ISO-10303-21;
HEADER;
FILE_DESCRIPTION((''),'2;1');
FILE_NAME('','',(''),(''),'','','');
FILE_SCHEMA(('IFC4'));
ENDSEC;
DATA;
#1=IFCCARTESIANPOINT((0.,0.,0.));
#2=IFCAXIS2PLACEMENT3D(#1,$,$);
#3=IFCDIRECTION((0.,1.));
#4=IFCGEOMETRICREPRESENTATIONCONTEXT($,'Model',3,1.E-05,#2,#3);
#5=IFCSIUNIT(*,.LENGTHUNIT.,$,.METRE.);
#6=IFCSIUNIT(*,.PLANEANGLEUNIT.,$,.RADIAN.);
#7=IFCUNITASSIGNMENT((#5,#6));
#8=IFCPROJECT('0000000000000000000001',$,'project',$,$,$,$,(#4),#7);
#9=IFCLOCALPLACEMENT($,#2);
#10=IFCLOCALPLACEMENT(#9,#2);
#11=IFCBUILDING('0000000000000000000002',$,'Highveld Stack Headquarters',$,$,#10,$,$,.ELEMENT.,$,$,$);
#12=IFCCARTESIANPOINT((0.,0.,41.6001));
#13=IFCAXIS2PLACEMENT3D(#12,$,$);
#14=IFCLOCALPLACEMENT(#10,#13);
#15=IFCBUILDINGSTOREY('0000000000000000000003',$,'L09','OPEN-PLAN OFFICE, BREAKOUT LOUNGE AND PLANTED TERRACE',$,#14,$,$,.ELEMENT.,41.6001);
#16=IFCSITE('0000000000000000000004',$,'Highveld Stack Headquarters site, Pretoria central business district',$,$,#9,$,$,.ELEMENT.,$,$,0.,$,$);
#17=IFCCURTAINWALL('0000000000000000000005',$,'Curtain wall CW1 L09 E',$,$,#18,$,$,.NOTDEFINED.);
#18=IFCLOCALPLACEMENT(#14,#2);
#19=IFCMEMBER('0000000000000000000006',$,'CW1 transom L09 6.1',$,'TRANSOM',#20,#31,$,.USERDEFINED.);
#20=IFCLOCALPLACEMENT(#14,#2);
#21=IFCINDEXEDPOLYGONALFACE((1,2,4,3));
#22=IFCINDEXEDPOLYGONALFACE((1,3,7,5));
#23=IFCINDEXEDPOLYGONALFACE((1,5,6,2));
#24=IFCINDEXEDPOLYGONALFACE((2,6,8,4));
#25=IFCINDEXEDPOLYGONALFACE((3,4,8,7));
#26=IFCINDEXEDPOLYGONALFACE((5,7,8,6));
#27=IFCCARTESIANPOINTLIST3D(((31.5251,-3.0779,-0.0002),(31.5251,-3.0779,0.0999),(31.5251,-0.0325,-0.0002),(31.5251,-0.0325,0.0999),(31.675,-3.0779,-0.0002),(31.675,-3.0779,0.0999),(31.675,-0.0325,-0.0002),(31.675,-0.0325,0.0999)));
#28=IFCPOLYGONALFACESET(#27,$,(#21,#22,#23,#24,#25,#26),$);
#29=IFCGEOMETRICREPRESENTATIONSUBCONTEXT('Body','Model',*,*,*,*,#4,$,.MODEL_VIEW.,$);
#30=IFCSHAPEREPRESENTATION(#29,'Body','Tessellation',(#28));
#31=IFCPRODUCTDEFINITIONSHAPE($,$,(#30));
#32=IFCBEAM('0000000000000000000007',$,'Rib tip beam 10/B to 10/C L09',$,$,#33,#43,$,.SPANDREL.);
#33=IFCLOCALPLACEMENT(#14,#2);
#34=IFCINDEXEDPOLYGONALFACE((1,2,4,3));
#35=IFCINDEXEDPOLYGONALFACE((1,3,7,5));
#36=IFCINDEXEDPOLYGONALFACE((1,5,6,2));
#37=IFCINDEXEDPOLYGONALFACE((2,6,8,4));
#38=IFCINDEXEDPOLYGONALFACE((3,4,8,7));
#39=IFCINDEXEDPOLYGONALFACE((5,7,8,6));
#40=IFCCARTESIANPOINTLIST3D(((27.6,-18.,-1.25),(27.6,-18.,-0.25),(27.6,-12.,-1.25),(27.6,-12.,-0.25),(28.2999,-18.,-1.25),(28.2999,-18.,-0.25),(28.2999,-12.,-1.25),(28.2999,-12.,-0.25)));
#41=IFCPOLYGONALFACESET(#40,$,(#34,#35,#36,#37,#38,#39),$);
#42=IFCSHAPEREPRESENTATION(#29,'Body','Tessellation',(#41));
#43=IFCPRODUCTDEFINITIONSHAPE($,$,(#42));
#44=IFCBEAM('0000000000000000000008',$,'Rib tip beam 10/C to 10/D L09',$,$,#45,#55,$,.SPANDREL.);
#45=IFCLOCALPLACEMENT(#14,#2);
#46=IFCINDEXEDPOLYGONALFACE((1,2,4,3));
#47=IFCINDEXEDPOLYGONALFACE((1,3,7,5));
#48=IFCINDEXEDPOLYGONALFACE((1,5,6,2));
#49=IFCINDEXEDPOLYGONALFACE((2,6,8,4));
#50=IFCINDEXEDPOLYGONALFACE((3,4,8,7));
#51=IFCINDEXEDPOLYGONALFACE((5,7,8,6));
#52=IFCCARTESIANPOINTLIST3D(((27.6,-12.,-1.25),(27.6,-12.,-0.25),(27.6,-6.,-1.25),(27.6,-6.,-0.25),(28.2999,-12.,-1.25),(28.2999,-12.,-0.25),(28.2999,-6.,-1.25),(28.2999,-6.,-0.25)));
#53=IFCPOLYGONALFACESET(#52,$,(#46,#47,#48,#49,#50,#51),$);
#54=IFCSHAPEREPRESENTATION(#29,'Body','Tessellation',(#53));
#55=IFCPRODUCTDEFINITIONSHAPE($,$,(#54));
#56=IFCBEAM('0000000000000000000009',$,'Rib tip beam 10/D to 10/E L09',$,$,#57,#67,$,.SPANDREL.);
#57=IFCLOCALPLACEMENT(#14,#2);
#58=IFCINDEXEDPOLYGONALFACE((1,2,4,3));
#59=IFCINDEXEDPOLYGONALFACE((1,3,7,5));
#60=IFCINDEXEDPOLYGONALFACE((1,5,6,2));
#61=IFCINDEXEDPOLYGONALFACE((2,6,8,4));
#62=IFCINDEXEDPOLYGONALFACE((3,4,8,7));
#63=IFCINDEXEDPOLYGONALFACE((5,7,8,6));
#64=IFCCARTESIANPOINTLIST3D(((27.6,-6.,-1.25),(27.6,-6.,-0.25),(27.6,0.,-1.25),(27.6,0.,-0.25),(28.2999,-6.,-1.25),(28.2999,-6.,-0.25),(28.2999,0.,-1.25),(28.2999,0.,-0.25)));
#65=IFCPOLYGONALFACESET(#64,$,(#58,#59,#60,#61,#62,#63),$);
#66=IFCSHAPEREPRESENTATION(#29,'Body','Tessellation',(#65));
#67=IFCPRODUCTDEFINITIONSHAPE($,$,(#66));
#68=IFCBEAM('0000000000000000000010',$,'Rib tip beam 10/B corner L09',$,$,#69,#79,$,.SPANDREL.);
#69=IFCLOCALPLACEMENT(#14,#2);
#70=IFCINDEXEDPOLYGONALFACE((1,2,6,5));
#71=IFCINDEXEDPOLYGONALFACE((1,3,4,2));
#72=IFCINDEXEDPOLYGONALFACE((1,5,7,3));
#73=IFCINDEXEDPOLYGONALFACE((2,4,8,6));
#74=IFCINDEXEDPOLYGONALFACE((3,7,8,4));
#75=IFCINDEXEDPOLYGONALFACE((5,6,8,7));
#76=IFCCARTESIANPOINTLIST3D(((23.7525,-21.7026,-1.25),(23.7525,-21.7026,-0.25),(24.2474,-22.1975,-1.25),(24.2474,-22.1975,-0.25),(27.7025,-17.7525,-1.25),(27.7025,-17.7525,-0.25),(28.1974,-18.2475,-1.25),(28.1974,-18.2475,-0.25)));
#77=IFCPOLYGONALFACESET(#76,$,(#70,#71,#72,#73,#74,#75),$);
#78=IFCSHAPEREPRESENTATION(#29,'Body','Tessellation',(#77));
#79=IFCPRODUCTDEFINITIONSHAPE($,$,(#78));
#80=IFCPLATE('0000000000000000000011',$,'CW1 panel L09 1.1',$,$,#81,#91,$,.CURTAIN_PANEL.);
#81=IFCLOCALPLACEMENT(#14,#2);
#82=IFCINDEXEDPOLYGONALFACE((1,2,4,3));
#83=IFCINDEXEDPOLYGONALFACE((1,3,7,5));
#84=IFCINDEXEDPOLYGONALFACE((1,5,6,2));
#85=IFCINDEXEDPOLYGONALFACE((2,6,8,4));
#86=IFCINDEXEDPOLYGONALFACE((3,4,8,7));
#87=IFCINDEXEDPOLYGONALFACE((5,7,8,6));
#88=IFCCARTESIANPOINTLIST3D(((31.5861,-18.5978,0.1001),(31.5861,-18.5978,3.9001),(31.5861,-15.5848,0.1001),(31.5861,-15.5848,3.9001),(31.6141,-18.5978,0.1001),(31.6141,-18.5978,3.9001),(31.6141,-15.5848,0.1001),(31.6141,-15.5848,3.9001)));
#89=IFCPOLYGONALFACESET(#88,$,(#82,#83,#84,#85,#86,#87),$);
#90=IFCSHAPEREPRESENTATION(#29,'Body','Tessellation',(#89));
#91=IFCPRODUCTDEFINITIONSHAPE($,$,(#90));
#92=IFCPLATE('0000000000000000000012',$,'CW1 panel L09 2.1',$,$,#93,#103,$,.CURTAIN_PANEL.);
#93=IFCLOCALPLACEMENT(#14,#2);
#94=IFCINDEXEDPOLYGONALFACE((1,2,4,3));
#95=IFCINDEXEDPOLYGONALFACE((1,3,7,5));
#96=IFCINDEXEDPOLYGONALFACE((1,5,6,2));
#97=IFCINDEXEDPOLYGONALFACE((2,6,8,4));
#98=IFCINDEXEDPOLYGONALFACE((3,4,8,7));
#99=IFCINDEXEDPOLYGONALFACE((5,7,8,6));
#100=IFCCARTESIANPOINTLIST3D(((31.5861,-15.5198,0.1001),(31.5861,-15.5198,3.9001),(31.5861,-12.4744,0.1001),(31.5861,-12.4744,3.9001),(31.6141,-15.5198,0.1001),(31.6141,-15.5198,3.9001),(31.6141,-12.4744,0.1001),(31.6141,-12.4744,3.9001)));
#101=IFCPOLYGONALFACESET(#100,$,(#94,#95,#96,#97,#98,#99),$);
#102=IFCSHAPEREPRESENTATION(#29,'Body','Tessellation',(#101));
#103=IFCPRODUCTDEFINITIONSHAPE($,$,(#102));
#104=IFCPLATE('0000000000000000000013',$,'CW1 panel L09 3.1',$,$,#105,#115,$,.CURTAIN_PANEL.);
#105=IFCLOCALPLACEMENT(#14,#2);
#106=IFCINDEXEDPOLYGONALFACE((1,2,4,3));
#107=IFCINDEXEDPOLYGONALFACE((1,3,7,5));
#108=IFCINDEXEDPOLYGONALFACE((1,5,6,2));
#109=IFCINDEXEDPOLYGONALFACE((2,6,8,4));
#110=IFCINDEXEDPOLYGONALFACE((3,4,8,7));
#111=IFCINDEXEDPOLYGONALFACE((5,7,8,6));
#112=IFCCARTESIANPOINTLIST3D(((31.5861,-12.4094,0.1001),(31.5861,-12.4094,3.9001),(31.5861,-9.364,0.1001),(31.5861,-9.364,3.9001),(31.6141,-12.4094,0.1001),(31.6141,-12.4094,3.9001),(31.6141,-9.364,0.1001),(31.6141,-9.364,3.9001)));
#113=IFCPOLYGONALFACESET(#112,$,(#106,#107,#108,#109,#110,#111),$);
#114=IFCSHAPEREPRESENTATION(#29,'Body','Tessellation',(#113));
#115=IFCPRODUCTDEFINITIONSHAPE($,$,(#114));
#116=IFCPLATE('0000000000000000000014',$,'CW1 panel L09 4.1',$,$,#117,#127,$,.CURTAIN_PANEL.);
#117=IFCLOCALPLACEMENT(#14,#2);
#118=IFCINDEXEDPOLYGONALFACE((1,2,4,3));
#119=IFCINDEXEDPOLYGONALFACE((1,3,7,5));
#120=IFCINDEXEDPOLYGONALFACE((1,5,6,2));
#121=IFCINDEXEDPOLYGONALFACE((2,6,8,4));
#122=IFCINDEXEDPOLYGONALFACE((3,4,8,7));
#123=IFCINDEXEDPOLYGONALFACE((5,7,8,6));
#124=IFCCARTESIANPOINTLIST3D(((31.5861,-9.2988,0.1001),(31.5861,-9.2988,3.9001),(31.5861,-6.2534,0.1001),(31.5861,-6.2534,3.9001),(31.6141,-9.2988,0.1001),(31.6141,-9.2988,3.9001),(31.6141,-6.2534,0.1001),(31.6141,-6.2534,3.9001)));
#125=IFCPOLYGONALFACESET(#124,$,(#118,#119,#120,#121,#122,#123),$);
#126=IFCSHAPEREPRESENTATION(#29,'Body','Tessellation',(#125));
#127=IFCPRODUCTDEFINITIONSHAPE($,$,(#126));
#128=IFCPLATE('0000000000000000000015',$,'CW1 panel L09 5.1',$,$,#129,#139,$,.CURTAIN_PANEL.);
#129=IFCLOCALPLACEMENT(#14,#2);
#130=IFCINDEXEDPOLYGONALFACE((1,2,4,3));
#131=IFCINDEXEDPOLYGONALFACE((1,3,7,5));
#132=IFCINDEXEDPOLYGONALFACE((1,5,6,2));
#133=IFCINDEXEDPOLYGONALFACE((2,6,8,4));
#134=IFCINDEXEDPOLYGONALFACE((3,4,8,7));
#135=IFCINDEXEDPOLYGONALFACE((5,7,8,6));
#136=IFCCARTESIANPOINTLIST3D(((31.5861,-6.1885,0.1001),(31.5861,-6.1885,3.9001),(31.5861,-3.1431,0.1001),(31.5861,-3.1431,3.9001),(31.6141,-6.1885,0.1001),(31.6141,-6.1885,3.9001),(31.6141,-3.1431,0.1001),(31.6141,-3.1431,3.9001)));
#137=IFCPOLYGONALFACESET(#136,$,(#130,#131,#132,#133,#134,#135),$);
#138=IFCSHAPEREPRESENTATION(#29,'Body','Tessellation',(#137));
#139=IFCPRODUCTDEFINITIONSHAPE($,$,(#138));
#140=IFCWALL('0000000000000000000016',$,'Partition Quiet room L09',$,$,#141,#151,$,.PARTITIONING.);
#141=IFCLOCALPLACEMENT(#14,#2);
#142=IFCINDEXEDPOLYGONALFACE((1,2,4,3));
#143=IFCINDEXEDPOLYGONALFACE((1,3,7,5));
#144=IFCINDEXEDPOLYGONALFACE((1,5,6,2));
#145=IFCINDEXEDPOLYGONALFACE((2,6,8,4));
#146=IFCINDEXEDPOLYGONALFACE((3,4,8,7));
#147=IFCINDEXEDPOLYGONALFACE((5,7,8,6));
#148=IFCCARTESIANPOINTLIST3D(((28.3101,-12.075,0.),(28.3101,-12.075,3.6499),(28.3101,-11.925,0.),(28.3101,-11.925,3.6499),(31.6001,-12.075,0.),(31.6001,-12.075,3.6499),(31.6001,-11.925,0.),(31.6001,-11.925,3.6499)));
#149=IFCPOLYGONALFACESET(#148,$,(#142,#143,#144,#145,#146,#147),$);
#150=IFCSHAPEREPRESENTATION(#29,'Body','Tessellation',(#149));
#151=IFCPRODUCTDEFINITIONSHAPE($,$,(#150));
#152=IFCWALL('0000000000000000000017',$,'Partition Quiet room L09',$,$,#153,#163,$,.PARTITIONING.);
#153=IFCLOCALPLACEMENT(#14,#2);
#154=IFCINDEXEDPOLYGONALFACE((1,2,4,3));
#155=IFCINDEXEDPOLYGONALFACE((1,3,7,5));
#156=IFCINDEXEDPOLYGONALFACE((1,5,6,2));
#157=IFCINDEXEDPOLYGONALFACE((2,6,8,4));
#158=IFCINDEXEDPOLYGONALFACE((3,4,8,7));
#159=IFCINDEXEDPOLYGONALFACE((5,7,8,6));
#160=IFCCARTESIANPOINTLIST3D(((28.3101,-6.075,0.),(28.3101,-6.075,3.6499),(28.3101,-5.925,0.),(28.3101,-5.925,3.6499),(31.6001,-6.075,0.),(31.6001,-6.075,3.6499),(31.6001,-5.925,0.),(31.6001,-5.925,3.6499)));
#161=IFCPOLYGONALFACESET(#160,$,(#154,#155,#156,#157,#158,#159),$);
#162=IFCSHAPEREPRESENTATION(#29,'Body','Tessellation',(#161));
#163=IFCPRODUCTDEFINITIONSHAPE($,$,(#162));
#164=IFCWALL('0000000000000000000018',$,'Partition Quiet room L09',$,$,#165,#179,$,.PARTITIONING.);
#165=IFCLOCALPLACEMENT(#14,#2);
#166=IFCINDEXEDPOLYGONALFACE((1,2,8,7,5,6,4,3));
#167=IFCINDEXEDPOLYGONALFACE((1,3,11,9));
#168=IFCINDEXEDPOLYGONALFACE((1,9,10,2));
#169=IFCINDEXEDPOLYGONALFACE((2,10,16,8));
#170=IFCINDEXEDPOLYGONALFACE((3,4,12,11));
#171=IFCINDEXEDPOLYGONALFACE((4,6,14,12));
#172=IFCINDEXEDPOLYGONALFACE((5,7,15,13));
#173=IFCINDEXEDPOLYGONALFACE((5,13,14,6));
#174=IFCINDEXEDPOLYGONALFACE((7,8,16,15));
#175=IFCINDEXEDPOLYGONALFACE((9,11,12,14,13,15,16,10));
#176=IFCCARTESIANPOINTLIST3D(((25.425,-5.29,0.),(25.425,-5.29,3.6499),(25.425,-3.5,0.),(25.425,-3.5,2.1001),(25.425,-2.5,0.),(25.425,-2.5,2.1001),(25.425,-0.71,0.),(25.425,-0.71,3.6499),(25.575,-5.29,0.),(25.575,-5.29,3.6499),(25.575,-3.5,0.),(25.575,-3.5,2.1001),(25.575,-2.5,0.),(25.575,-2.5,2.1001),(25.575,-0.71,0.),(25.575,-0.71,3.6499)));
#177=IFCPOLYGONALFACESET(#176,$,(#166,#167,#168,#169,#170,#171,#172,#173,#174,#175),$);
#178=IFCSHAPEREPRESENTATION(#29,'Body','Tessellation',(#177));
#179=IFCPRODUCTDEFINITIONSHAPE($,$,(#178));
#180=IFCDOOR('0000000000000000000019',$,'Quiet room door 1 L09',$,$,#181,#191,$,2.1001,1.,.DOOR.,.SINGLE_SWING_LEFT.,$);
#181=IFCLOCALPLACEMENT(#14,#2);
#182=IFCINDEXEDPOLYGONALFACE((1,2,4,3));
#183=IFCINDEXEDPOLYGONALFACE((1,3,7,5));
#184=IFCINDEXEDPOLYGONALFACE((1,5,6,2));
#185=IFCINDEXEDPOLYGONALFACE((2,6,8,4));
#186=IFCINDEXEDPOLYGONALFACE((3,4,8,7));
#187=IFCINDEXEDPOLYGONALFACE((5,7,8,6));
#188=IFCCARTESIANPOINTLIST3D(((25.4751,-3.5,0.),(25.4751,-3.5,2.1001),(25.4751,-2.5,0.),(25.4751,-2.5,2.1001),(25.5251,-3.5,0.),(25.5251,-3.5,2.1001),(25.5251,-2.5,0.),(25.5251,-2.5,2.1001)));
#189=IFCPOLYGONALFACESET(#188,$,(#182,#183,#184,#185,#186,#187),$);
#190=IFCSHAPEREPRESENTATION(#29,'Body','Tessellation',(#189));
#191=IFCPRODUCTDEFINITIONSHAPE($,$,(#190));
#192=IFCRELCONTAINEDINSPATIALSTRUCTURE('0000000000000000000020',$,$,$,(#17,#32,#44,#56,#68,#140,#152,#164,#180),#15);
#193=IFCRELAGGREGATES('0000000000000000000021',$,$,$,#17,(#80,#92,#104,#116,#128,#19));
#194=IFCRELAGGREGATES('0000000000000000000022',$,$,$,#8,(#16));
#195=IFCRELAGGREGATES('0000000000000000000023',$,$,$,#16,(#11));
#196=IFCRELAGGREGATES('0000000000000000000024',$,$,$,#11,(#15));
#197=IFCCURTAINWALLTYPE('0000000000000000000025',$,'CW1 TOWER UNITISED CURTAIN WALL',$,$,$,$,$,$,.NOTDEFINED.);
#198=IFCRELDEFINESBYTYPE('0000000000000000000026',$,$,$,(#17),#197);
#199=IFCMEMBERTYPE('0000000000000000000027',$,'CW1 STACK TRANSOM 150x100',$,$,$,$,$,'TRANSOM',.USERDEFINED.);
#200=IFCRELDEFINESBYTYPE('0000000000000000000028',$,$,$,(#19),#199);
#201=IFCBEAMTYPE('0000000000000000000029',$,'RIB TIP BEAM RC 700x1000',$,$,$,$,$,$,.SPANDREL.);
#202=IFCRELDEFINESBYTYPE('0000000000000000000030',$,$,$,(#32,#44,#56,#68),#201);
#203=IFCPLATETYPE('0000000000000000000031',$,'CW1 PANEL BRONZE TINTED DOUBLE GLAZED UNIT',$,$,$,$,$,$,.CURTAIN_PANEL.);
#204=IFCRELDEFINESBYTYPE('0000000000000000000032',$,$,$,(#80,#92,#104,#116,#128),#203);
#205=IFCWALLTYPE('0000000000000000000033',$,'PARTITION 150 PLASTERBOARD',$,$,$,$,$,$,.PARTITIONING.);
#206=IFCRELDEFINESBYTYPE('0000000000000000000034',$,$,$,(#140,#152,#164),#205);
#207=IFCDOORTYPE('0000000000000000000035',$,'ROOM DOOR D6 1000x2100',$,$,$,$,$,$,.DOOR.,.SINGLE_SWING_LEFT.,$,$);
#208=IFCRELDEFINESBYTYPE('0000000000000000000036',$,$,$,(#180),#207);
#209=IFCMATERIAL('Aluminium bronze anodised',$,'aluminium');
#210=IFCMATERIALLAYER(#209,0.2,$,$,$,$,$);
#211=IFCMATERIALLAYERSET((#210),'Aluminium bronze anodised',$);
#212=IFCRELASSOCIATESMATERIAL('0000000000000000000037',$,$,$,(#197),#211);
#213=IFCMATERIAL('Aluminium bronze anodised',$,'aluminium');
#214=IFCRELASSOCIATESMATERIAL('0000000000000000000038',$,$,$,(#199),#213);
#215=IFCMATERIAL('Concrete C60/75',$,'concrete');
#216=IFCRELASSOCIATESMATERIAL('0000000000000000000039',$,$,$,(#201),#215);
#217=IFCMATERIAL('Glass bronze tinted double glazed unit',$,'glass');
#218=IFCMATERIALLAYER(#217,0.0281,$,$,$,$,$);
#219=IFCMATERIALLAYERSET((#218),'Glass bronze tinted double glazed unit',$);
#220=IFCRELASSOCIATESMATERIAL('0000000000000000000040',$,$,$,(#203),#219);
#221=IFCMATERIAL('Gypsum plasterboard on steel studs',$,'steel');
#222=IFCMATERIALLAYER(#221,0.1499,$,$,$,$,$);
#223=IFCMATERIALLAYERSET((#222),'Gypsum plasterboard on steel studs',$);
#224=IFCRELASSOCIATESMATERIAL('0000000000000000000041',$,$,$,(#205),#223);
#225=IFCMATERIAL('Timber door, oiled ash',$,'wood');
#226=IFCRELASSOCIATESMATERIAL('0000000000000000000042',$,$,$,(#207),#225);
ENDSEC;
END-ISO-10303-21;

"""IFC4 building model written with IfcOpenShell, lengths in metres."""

from ifc_helpers import new_model, si_unit, direction, frame, frame_2d, origin, origin_2d, place, context, subcontext, project, spatial, rectangle, extrude, material, layer, layer_set, material_profile, profile_set, type_object, element, fill, aggregate, save


model = new_model("IFC4")

# Units and contexts
model_context = context("Model", 3, precision=1e-05, world=origin(), true_north=direction((0.0, 1.0)))
body_context = subcontext(model_context, "Body", "Model", "MODEL_VIEW")
ifc_project = project(units=[si_unit("LENGTHUNIT", "METRE"), si_unit("PLANEANGLEUNIT", "RADIAN")], contexts=[model_context])

# Site, building, storey
site_placement = place(None, origin())
site = spatial("IfcSite", under=ifc_project, at=site_placement, Name="Highveld Stack Headquarters site, Pretoria central business district", CompositionType="ELEMENT", RefElevation=0.0)
building_placement = place(site_placement, origin())
building = spatial("IfcBuilding", under=site, at=building_placement, Name="Highveld Stack Headquarters", CompositionType="ELEMENT")
storey_placement = place(building_placement, frame((0.0, 0.0, 41.6001)))
storey = spatial("IfcBuildingStorey", under=building, at=storey_placement, Name="L09", Description="OPEN-PLAN OFFICE, BREAKOUT LOUNGE AND PLANTED TERRACE", CompositionType="ELEMENT", Elevation=41.6001)

# Curtain wall, member
ifc_material_1 = material(Name="Aluminium bronze anodised", Category="aluminium")
ifc_layer_1 = layer(ifc_material_1, 0.2)
ifc_layer_set_1 = layer_set([ifc_layer_1], Name="Aluminium bronze anodised")
curtain_wall_type = type_object("IfcCurtainWallType", Name="CW1 TOWER UNITISED CURTAIN WALL", PredefinedType="NOTDEFINED", material=ifc_layer_set_1)
curtain_wall_placement = place(storey_placement, origin())
curtain_wall = element("IfcCurtainWall", 1, at=curtain_wall_placement, inside=storey, type_object=curtain_wall_type, Name="Curtain wall CW1 L09 E", PredefinedType="NOTDEFINED")
ifc_material_2 = material(Name="Aluminium bronze anodised", Category="aluminium")
ifc_material_profile_1 = material_profile(ifc_material_2, rectangle(XDim=0.1499, YDim=0.1001, at=origin_2d()), Name="CW1 TRANSOM 150x100")
ifc_profile_set_1 = profile_set([ifc_material_profile_1], Name="Aluminium bronze anodised")
member_type_1 = type_object("IfcMemberType", Name="CW1 STACK TRANSOM 150x100", ElementType="TRANSOM", PredefinedType="USERDEFINED", material=ifc_profile_set_1)
member_1_placement = place(storey_placement, frame((31.6001, -3.0779, 0.0498), z_axis=(0.0, 1.0, 0.0), x_axis=(-1.0, 0.0, 0.0)))
member_1 = element("IfcMember", 2, at=member_1_placement, type_object=member_type_1, Name="CW1 transom L09 6.1", ObjectType="TRANSOM", PredefinedType="USERDEFINED", context=body_context, shape_type="SweptSolid", body=[
    extrude(rectangle(XDim=0.1499, YDim=0.1001, at=origin_2d()), origin(), (0.0, 0.0, 1.0), 3.0454),
])

# Beams
ifc_material_3 = material(Name="Concrete C60/75", Category="concrete")
ifc_material_profile_2 = material_profile(ifc_material_3, rectangle(XDim=0.7, YDim=1.0, at=origin_2d()), Name="RC 700x1000")
ifc_profile_set_2 = profile_set([ifc_material_profile_2], Name="Concrete C60/75")
beam_type = type_object("IfcBeamType", Name="RIB TIP BEAM RC 700x1000", PredefinedType="SPANDREL", material=ifc_profile_set_2)
for number, where, z_axis, x_axis, name in (
    (3, (27.95, -18.0, -0.75), (0.0, 1.0, 0.0), (-1.0, 0.0, 0.0), "Rib tip beam 10/B to 10/C L09"),
    (4, (27.95, -12.0, -0.75), (0.0, 1.0, 0.0), (-1.0, 0.0, 0.0), "Rib tip beam 10/C to 10/D L09"),
    (5, (27.95, -6.0, -0.75), (0.0, 1.0, 0.0), (-1.0, 0.0, 0.0), "Rib tip beam 10/D to 10/E L09"),
):
    element("IfcBeam", number, at=place(storey_placement, frame(where, z_axis=z_axis, x_axis=x_axis)), inside=storey, type_object=beam_type, Name=name, PredefinedType="SPANDREL", context=body_context, shape_type="SweptSolid", body=[
        extrude(rectangle(XDim=0.7, YDim=1.0, at=origin_2d()), origin(), (0.0, 0.0, 1.0), 6.0),
    ])
beam_placement = place(storey_placement, frame((27.95, -18.0, -0.75), z_axis=(-0.707107, -0.707107, 0.0), x_axis=(0.707107, -0.707107, 0.0)))
element("IfcBeam", 6, at=beam_placement, inside=storey, type_object=beam_type, Name="Rib tip beam 10/B corner L09", PredefinedType="SPANDREL", context=body_context, shape_type="SweptSolid", body=[
    extrude(rectangle(XDim=0.7, YDim=1.0, at=origin_2d()), origin(), (0.0, 0.0, 1.0), 5.5862),
])

# Plates
ifc_material_4 = material(Name="Glass bronze tinted double glazed unit", Category="glass")
ifc_layer_2 = layer(ifc_material_4, 0.0281)
ifc_layer_set_2 = layer_set([ifc_layer_2], Name="Glass bronze tinted double glazed unit")
plate_type = type_object("IfcPlateType", Name="CW1 PANEL BRONZE TINTED DOUBLE GLAZED UNIT", PredefinedType="CURTAIN_PANEL", material=ifc_layer_set_2)
plate_1_placement = place(storey_placement, frame((31.6001, -17.0913, 0.1001), z_axis=(0.0, 0.0, 1.0), x_axis=(0.0, 1.0, 0.0)))
plate_1 = element("IfcPlate", 7, at=plate_1_placement, type_object=plate_type, Name="CW1 panel L09 1.1", PredefinedType="CURTAIN_PANEL", context=body_context, shape_type="SweptSolid", body=[
    extrude(rectangle(XDim=3.0129, YDim=0.0281, at=origin_2d()), origin(), (0.0, 0.0, 1.0), 3.8),
])
plate_2_placement = place(storey_placement, frame((31.6001, -13.9971, 0.1001), z_axis=(0.0, 0.0, 1.0), x_axis=(0.0, 1.0, 0.0)))
plate_2 = element("IfcPlate", 8, at=plate_2_placement, type_object=plate_type, Name="CW1 panel L09 2.1", PredefinedType="CURTAIN_PANEL", context=body_context, shape_type="SweptSolid", body=[
    extrude(rectangle(XDim=3.0454, YDim=0.0281, at=origin_2d()), origin(), (0.0, 0.0, 1.0), 3.8),
])
plate_3_placement = place(storey_placement, frame((31.6001, -10.8867, 0.1001), z_axis=(0.0, 0.0, 1.0), x_axis=(0.0, 1.0, 0.0)))
plate_3 = element("IfcPlate", 9, at=plate_3_placement, type_object=plate_type, Name="CW1 panel L09 3.1", PredefinedType="CURTAIN_PANEL", context=body_context, shape_type="SweptSolid", body=[
    extrude(rectangle(XDim=3.0454, YDim=0.0281, at=origin_2d()), origin(), (0.0, 0.0, 1.0), 3.8),
])
plate_4_placement = place(storey_placement, frame((31.6001, -7.7761, 0.1001), z_axis=(0.0, 0.0, 1.0), x_axis=(0.0, 1.0, 0.0)))
plate_4 = element("IfcPlate", 10, at=plate_4_placement, type_object=plate_type, Name="CW1 panel L09 4.1", PredefinedType="CURTAIN_PANEL", context=body_context, shape_type="SweptSolid", body=[
    extrude(rectangle(XDim=3.0454, YDim=0.0281, at=origin_2d()), origin(), (0.0, 0.0, 1.0), 3.8),
])
plate_5_placement = place(storey_placement, frame((31.6001, -4.6658, 0.1001), z_axis=(0.0, 0.0, 1.0), x_axis=(0.0, 1.0, 0.0)))
plate_5 = element("IfcPlate", 11, at=plate_5_placement, type_object=plate_type, Name="CW1 panel L09 5.1", PredefinedType="CURTAIN_PANEL", context=body_context, shape_type="SweptSolid", body=[
    extrude(rectangle(XDim=3.0454, YDim=0.0281, at=origin_2d()), origin(), (0.0, 0.0, 1.0), 3.8),
])
aggregate(curtain_wall, [plate_1, plate_2, plate_3, plate_4, plate_5, member_1])

# Walls
ifc_material_5 = material(Name="Gypsum plasterboard on steel studs", Category="steel")
ifc_layer_3 = layer(ifc_material_5, 0.1499)
ifc_layer_set_3 = layer_set([ifc_layer_3], Name="Gypsum plasterboard on steel studs")
wall_type = type_object("IfcWallType", Name="PARTITION 150 PLASTERBOARD", PredefinedType="PARTITIONING", material=ifc_layer_set_3)
for number, where, z_axis, x_axis, name in (
    (12, (28.3101, -12.0, 0.0), (0.0, 0.0, 1.0), (1.0, 0.0, 0.0), "Partition Quiet room L09"),
    (13, (28.3101, -6.0, 0.0), (0.0, 0.0, 1.0), (1.0, 0.0, 0.0), "Partition Quiet room L09"),
):
    element("IfcWall", number, at=place(storey_placement, frame(where, z_axis=z_axis, x_axis=x_axis)), inside=storey, type_object=wall_type, Name=name, PredefinedType="PARTITIONING", context=body_context, shape_type="SweptSolid", body=[
        extrude(rectangle(XDim=3.29, YDim=0.1499, at=frame_2d((1.645, 0.0))), origin(), (0.0, 0.0, 1.0), 3.6499),
    ])

# Wall, opening, door
wall_placement = place(storey_placement, frame((25.5, -5.29, 0.0), z_axis=(0.0, 0.0, 1.0), x_axis=(0.0, 1.0, 0.0)))
wall = element("IfcWall", 14, at=wall_placement, inside=storey, type_object=wall_type, Name="Partition Quiet room L09", PredefinedType="PARTITIONING", context=body_context, shape_type="SweptSolid", body=[
    extrude(rectangle(XDim=4.5801, YDim=0.1499, at=frame_2d((2.29, 0.0))), origin(), (0.0, 0.0, 1.0), 3.6499),
])
opening_placement = place(wall_placement, frame((1.79, 0.0, 0.0)))
opening = element("IfcOpeningElement", 15, at=opening_placement, cuts=wall, PredefinedType="OPENING", context=body_context, shape_type="SweptSolid", body=[
    extrude(rectangle(XDim=1.0, YDim=2.1001, at=frame_2d((0.5, 1.05))), frame((0.0, 0.085, 0.0), z_axis=(0.0, -1.0, 0.0), x_axis=(1.0, 0.0, 0.0)), (0.0, 0.0, 1.0), 0.1699),
])
ifc_material_6 = material(Name="Timber door, oiled ash", Category="wood")
door_type = type_object("IfcDoorType", Name="ROOM DOOR D6 1000x2100", OperationType="SINGLE_SWING_LEFT", PredefinedType="DOOR", material=ifc_material_6)
door_placement = place(opening_placement, origin())
door = element("IfcDoor", 16, at=door_placement, inside=storey, type_object=door_type, Name="Quiet room door 1 L09", OperationType="SINGLE_SWING_LEFT", OverallHeight=2.1001, OverallWidth=1.0, PredefinedType="DOOR", context=body_context, shape_type="SweptSolid", body=[
    extrude(rectangle(XDim=1.0, YDim=2.1001, at=frame_2d((0.5, 1.05))), frame((0.0, 0.0249, 0.0), z_axis=(0.0, -1.0, 0.0), x_axis=(1.0, 0.0, 0.0)), (0.0, 0.0, 1.0), 0.05),
])
fill(opening, door)

save(model, "model.ifc")
